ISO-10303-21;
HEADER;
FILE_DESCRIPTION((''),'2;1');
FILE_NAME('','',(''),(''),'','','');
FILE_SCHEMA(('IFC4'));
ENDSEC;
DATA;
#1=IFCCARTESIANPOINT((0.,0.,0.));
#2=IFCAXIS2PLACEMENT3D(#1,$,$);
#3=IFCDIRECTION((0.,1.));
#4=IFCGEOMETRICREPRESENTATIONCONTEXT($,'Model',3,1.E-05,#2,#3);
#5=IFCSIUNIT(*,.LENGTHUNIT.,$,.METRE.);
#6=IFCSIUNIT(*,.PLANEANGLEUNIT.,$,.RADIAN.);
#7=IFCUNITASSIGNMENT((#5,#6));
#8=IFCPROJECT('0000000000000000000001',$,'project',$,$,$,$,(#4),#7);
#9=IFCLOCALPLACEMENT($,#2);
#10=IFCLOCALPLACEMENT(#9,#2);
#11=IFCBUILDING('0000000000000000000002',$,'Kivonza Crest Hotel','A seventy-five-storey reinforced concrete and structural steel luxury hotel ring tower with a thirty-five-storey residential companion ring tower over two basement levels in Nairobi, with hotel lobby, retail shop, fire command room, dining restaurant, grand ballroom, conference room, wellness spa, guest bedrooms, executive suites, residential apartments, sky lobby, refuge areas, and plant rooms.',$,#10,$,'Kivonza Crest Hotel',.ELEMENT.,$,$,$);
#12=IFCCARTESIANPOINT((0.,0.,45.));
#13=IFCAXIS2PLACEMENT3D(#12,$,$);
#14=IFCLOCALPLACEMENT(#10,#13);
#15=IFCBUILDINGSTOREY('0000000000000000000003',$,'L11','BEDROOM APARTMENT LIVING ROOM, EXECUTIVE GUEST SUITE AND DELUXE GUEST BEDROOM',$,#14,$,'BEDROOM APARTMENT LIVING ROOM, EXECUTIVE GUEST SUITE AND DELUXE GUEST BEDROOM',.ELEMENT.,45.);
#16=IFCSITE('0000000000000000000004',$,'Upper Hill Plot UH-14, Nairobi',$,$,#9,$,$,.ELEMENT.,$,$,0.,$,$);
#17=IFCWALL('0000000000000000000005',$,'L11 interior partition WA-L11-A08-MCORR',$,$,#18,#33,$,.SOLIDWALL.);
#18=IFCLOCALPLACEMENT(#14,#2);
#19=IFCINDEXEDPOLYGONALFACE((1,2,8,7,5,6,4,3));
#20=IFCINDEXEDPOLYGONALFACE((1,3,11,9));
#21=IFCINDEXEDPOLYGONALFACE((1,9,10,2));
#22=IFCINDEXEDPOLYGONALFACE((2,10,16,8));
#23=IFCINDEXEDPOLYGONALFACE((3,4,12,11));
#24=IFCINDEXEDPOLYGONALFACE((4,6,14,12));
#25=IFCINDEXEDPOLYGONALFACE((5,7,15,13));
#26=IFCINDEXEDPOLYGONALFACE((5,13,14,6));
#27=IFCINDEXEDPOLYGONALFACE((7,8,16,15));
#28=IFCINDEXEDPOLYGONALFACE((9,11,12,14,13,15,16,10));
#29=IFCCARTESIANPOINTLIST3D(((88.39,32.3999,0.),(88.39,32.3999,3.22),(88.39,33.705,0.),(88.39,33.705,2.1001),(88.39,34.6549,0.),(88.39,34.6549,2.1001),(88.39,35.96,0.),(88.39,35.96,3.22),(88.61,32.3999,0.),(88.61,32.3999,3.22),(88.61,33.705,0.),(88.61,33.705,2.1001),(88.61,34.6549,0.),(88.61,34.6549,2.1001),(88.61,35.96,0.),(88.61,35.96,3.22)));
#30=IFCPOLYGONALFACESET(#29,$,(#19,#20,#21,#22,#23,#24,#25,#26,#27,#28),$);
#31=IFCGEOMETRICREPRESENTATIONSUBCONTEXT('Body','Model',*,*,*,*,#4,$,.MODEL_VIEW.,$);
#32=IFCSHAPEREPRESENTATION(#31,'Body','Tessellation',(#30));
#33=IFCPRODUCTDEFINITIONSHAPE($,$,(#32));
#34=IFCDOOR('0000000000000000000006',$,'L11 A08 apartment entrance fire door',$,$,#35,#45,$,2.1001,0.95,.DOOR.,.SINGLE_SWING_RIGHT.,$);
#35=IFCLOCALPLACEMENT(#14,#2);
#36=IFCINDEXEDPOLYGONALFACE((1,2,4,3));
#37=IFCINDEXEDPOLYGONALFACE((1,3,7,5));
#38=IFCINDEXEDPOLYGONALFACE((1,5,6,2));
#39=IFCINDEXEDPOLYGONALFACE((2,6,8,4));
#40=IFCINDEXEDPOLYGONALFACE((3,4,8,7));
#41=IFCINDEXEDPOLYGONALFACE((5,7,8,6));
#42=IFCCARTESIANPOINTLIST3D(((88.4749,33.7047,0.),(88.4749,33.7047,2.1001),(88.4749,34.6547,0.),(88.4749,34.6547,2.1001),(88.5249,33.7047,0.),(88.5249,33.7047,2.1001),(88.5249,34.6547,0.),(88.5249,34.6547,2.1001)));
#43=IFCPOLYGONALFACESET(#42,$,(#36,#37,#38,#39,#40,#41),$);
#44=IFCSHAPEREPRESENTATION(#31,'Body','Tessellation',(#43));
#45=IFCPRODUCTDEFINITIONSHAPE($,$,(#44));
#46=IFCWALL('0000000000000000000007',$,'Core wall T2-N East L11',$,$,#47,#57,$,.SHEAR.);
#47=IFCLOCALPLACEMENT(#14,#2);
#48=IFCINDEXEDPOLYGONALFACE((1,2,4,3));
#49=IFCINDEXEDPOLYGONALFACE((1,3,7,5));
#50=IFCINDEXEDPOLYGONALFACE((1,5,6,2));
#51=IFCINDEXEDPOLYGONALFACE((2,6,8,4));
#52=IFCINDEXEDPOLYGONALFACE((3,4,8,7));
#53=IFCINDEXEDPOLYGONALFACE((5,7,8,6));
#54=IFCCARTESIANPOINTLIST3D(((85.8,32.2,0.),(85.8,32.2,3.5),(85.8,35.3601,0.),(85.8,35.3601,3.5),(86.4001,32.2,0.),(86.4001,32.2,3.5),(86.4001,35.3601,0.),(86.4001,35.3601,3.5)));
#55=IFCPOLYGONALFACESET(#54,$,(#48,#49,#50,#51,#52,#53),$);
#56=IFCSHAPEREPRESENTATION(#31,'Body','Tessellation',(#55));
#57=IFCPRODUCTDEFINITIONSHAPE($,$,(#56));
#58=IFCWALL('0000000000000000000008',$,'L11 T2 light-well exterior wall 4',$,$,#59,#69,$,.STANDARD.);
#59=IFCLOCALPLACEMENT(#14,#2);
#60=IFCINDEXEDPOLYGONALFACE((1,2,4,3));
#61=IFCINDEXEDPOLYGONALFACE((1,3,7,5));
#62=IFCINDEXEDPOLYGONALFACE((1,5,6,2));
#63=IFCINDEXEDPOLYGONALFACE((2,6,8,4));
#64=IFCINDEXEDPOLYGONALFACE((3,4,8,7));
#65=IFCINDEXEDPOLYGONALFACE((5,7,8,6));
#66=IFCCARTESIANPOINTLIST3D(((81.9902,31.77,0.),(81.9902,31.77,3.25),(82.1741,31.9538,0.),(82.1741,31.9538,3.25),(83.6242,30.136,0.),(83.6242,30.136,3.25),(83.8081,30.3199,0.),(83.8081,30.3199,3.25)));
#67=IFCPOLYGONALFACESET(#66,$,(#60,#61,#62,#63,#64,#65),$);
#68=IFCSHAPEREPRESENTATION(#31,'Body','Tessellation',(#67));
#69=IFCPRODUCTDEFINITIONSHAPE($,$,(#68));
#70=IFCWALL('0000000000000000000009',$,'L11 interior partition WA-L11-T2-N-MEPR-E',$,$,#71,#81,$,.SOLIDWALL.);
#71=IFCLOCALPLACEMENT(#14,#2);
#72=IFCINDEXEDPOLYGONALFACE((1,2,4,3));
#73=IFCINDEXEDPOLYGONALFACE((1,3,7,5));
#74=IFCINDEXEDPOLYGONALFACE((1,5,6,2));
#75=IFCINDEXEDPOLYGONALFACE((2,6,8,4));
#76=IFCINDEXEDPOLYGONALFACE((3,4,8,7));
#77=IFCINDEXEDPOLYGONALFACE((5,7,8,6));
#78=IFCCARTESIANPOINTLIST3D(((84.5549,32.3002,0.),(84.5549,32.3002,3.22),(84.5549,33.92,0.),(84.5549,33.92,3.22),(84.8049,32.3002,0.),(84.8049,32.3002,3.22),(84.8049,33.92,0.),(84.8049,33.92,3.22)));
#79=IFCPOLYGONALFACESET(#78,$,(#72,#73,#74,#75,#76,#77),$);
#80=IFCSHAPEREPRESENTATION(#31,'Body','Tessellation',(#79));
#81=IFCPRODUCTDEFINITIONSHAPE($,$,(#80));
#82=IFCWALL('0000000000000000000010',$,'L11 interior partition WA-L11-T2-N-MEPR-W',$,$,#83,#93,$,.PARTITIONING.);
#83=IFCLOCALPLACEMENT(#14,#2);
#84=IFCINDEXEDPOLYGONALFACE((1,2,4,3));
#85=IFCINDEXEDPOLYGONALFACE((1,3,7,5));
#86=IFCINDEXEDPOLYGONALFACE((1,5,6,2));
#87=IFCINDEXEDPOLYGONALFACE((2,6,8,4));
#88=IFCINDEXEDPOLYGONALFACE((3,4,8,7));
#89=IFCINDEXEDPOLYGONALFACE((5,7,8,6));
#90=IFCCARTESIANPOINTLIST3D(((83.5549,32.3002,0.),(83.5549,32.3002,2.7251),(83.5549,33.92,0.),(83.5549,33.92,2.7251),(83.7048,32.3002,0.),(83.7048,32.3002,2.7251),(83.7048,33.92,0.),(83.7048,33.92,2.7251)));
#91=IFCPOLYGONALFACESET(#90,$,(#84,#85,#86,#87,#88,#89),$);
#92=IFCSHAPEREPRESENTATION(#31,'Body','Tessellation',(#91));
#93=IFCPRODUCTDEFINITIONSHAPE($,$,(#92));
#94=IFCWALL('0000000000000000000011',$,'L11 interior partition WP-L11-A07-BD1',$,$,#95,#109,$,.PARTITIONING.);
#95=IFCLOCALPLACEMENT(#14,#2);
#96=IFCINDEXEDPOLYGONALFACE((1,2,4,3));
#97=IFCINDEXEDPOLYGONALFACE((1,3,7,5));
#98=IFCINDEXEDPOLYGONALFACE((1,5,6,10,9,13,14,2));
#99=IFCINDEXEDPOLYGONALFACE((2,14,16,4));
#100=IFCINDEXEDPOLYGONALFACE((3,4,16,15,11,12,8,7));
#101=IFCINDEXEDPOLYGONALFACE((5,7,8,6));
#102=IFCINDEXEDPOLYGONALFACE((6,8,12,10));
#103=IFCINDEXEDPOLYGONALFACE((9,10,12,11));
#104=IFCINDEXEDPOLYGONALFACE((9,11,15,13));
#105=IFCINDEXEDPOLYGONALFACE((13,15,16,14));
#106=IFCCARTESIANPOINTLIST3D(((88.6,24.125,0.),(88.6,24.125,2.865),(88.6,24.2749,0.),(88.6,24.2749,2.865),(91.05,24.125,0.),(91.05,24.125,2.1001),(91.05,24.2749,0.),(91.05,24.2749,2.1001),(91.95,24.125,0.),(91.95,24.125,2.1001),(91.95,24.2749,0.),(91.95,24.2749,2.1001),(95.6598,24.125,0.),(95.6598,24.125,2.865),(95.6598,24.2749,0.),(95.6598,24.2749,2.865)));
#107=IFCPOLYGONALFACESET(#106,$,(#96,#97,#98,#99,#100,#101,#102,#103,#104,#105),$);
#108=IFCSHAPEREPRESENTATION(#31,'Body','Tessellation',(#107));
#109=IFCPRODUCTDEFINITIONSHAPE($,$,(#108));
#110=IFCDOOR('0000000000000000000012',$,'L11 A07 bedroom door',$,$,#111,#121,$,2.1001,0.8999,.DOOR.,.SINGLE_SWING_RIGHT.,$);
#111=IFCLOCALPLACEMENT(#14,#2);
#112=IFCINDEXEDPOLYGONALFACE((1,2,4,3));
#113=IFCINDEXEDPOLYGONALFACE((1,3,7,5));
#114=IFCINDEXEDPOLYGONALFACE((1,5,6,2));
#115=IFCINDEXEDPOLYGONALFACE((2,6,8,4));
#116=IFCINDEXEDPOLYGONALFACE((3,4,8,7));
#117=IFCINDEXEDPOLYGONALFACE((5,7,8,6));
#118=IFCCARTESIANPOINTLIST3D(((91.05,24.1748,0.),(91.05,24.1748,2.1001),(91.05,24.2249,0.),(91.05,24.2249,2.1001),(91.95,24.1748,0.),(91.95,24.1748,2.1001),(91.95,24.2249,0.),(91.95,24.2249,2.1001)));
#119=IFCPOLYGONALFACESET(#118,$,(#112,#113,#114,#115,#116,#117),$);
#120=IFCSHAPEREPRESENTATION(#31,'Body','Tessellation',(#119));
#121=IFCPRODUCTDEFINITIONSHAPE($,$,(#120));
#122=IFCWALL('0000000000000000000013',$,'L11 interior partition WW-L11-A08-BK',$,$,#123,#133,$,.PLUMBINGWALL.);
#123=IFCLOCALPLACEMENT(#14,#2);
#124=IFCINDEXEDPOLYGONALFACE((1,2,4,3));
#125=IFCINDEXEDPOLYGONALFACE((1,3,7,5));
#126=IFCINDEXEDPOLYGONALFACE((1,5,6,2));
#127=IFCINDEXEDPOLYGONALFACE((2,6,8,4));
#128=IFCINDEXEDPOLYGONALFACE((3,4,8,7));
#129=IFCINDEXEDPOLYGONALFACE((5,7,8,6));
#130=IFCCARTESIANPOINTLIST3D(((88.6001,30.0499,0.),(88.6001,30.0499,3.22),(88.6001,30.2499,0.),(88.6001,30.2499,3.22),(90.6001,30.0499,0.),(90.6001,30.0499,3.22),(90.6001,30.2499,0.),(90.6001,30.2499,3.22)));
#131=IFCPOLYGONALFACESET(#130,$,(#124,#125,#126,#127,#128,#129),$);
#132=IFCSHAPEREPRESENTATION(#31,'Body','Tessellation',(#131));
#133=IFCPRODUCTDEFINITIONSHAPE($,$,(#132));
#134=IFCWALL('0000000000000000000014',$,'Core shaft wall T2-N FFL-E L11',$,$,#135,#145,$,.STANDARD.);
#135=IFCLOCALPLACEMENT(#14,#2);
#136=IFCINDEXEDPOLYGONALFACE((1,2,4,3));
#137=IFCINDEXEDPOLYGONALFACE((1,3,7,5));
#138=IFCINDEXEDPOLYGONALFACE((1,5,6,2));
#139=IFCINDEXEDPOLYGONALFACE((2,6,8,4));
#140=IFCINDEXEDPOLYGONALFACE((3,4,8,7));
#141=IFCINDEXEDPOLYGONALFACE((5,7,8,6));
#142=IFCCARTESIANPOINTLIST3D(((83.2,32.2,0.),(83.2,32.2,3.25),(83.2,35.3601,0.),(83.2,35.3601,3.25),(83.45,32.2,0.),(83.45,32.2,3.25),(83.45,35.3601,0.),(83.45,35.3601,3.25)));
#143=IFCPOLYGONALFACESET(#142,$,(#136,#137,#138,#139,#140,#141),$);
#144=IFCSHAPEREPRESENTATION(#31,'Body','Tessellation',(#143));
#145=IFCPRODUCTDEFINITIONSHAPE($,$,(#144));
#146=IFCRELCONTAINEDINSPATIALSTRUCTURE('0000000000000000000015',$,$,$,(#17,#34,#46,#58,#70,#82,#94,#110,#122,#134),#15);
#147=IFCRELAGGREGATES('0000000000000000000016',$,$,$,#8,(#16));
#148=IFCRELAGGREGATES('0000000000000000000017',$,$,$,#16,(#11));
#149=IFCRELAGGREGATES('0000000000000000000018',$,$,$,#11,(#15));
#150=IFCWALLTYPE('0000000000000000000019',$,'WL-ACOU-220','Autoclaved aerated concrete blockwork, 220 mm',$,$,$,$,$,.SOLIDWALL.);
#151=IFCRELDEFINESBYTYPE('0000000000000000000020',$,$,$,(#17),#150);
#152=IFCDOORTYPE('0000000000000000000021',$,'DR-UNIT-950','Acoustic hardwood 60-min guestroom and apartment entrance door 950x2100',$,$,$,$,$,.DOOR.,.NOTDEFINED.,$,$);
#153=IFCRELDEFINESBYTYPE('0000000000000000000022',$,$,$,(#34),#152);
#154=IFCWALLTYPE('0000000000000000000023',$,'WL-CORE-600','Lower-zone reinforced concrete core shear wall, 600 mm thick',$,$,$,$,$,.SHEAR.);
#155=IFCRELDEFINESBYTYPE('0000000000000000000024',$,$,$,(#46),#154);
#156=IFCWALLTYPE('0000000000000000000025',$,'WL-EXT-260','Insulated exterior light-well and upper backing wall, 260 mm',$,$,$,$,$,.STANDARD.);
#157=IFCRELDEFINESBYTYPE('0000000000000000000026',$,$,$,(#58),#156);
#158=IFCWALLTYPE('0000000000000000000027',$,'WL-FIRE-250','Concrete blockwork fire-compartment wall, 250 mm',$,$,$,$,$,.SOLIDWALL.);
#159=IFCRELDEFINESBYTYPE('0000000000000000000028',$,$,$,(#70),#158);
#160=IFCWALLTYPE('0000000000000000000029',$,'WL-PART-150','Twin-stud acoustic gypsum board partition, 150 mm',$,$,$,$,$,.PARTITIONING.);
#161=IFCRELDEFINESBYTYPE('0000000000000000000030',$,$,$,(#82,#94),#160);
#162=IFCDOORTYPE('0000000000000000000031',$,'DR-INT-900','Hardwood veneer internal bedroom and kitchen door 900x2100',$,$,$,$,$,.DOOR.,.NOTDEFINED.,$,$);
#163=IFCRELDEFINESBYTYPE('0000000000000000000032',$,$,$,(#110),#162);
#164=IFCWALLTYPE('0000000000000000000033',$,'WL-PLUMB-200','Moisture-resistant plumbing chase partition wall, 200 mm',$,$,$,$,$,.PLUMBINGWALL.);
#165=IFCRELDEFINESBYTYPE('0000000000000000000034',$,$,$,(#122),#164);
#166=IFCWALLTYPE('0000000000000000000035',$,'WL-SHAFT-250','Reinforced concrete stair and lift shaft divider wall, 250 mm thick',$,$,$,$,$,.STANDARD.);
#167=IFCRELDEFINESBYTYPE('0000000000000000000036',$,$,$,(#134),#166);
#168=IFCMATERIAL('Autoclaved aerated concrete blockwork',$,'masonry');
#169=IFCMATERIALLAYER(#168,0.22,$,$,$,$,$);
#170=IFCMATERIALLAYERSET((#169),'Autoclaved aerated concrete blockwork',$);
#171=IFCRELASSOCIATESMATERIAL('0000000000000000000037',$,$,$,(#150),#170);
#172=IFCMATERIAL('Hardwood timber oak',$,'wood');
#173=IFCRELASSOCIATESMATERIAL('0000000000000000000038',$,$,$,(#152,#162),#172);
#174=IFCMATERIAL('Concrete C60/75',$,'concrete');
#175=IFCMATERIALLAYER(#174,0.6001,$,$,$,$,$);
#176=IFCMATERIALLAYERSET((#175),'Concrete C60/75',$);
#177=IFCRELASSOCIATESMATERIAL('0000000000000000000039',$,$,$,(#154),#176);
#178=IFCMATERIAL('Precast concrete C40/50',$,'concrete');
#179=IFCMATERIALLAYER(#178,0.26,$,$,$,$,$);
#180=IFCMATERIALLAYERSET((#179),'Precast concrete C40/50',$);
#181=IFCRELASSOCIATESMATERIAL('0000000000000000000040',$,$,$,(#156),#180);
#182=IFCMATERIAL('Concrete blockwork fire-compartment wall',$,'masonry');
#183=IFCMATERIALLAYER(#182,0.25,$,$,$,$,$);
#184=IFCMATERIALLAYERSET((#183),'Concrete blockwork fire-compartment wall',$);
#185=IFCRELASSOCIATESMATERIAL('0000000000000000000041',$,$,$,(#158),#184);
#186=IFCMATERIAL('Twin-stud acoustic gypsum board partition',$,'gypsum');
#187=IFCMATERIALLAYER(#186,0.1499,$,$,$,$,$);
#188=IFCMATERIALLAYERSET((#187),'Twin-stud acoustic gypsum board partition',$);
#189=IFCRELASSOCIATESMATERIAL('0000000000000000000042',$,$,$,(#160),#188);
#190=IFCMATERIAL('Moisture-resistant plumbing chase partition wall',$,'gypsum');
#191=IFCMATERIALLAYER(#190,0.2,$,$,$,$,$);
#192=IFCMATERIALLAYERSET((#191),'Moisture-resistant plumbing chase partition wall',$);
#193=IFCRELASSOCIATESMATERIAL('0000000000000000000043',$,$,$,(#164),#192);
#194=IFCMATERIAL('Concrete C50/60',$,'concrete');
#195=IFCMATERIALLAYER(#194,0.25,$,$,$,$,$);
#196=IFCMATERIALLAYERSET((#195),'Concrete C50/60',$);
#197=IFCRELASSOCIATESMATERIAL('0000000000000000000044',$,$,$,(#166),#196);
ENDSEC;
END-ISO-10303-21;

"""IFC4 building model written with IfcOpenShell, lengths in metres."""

from ifc_helpers import new_model, si_unit, direction, frame, frame_2d, origin, place, context, subcontext, project, spatial, rectangle, extrude, material, layer, layer_set, type_object, element, fill, save


model = new_model("IFC4")

# Units and contexts
model_context = context("Model", 3, precision=1e-05, world=origin(), true_north=direction((0.0, 1.0)))
body_context = subcontext(model_context, "Body", "Model", "MODEL_VIEW")
ifc_project = project(units=[si_unit("LENGTHUNIT", "METRE"), si_unit("PLANEANGLEUNIT", "RADIAN")], contexts=[model_context])

# Site, building, storey
site_placement = place(None, origin())
site = spatial("IfcSite", under=ifc_project, at=site_placement, Name="Upper Hill Plot UH-14, Nairobi", CompositionType="ELEMENT", RefElevation=0.0)
building_placement = place(site_placement, origin())
building = spatial("IfcBuilding", under=site, at=building_placement, Name="Kivonza Crest Hotel", Description="A seventy-five-storey reinforced concrete and structural steel luxury hotel ring tower with a thirty-five-storey residential companion ring tower over two basement levels in Nairobi, with hotel lobby, retail shop, fire command room, dining restaurant, grand ballroom, conference room, wellness spa, guest bedrooms, executive suites, residential apartments, sky lobby, refuge areas, and plant rooms.", LongName="Kivonza Crest Hotel", CompositionType="ELEMENT")
storey_placement = place(building_placement, frame((0.0, 0.0, 45.0)))
storey = spatial("IfcBuildingStorey", under=building, at=storey_placement, Name="L11", Description="BEDROOM APARTMENT LIVING ROOM, EXECUTIVE GUEST SUITE AND DELUXE GUEST BEDROOM", LongName="BEDROOM APARTMENT LIVING ROOM, EXECUTIVE GUEST SUITE AND DELUXE GUEST BEDROOM", CompositionType="ELEMENT", Elevation=45.0)

# Shared definitions
ifc_material_1 = material(Name="Concrete C50/60", Category="concrete")

# Shared definitions
ifc_material_2 = material(Name="Autoclaved aerated concrete blockwork", Category="masonry")
ifc_layer_1 = layer(ifc_material_2, 0.22)
ifc_layer_set_1 = layer_set([ifc_layer_1], Name="Autoclaved aerated concrete blockwork")
wall_type_1 = type_object("IfcWallType", Name="WL-ACOU-220", Description="Autoclaved aerated concrete blockwork, 220 mm", PredefinedType="SOLIDWALL", material=ifc_layer_set_1)

# Wall, opening, door
wall_1_placement = place(storey_placement, frame((88.5, 32.3999, 0.0), z_axis=(0.0, 0.0, 1.0), x_axis=(0.0, 1.0, 0.0)))
wall_1 = element("IfcWall", 1, at=wall_1_placement, inside=storey, type_object=wall_type_1, Name="L11 interior partition WA-L11-A08-MCORR", PredefinedType="SOLIDWALL", context=body_context, shape_type="SweptSolid", body=[
    extrude(rectangle(XDim=3.5601, YDim=0.22, at=frame_2d((1.78, 0.0))), origin(), (0.0, 0.0, 1.0), 3.22),
])
opening_1_placement = place(wall_1_placement, frame((1.3049, 0.0, 0.0)))
opening_1 = element("IfcOpeningElement", 2, at=opening_1_placement, cuts=wall_1, PredefinedType="OPENING", context=body_context, shape_type="SweptSolid", body=[
    extrude(rectangle(XDim=0.95, YDim=2.1001, at=frame_2d((0.4751, 1.05))), frame((0.0, 0.1201, 0.0), z_axis=(0.0, -1.0, 0.0), x_axis=(1.0, 0.0, 0.0)), (0.0, 0.0, 1.0), 0.24),
])
ifc_material_3 = material(Name="Hardwood timber oak", Category="wood")
door_type_1 = type_object("IfcDoorType", Name="DR-UNIT-950", Description="Acoustic hardwood 60-min guestroom and apartment entrance door 950x2100", OperationType="NOTDEFINED", PredefinedType="DOOR", material=ifc_material_3)
door_1_placement = place(opening_1_placement, frame((0.95, 0.0, 0.0), z_axis=(0.0, 0.0, 1.0), x_axis=(-1.0, 0.0, 0.0)))
door_1 = element("IfcDoor", 3, at=door_1_placement, inside=storey, type_object=door_type_1, Name="L11 A08 apartment entrance fire door", OperationType="SINGLE_SWING_RIGHT", OverallHeight=2.1001, OverallWidth=0.95, PredefinedType="DOOR", context=body_context, shape_type="SweptSolid", body=[
    extrude(rectangle(XDim=0.95, YDim=2.1001, at=frame_2d((0.4751, 1.05))), frame((0.0, 0.0249, 0.0), z_axis=(0.0, -1.0, 0.0), x_axis=(1.0, 0.0, 0.0)), (0.0, 0.0, 1.0), 0.05),
])
fill(opening_1, door_1)

# Walls
ifc_material_4 = material(Name="Concrete C60/75", Category="concrete")
ifc_layer_2 = layer(ifc_material_4, 0.6001)
ifc_layer_set_2 = layer_set([ifc_layer_2], Name="Concrete C60/75")
wall_type_2 = type_object("IfcWallType", Name="WL-CORE-600", Description="Lower-zone reinforced concrete core shear wall, 600 mm thick", PredefinedType="SHEAR", material=ifc_layer_set_2)
wall_2_placement = place(storey_placement, frame((86.1001, 32.2, 0.0), z_axis=(0.0, 0.0, 1.0), x_axis=(0.0, 1.0, 0.0)))
element("IfcWall", 4, at=wall_2_placement, inside=storey, type_object=wall_type_2, Name="Core wall T2-N East L11", PredefinedType="SHEAR", context=body_context, shape_type="SweptSolid", body=[
    extrude(rectangle(XDim=3.1602, YDim=0.6001, at=frame_2d((1.5801, 0.0))), origin(), (0.0, 0.0, 1.0), 3.5),
])
ifc_material_5 = material(Name="Precast concrete C40/50", Category="concrete")
ifc_layer_3 = layer(ifc_material_5, 0.26)
ifc_layer_set_3 = layer_set([ifc_layer_3], Name="Precast concrete C40/50")
wall_type_3 = type_object("IfcWallType", Name="WL-EXT-260", Description="Insulated exterior light-well and upper backing wall, 260 mm", PredefinedType="STANDARD", material=ifc_layer_set_3)
wall_3_placement = place(storey_placement, frame((83.7161, 30.228, 0.0), z_axis=(0.0, 0.0, 1.0), x_axis=(-0.707107, 0.707107, 0.0)))
element("IfcWall", 5, at=wall_3_placement, inside=storey, type_object=wall_type_3, Name="L11 T2 light-well exterior wall 4", PredefinedType="STANDARD", context=body_context, shape_type="SweptSolid", body=[
    extrude(rectangle(XDim=2.3108, YDim=0.26, at=frame_2d((1.1553, 0.0))), origin(), (0.0, 0.0, 1.0), 3.25),
])
ifc_material_6 = material(Name="Concrete blockwork fire-compartment wall", Category="masonry")
ifc_layer_4 = layer(ifc_material_6, 0.25)
ifc_layer_set_4 = layer_set([ifc_layer_4], Name="Concrete blockwork fire-compartment wall")
wall_type_4 = type_object("IfcWallType", Name="WL-FIRE-250", Description="Concrete blockwork fire-compartment wall, 250 mm", PredefinedType="SOLIDWALL", material=ifc_layer_set_4)
wall_4_placement = place(storey_placement, frame((84.6799, 32.3, 0.0), z_axis=(0.0, 0.0, 1.0), x_axis=(0.0, 1.0, 0.0)))
element("IfcWall", 6, at=wall_4_placement, inside=storey, type_object=wall_type_4, Name="L11 interior partition WA-L11-T2-N-MEPR-E", PredefinedType="SOLIDWALL", context=body_context, shape_type="SweptSolid", body=[
    extrude(rectangle(XDim=1.6199, YDim=0.25, at=frame_2d((0.8101, 0.0))), origin(), (0.0, 0.0, 1.0), 3.22),
])
ifc_material_7 = material(Name="Twin-stud acoustic gypsum board partition", Category="gypsum")
ifc_layer_5 = layer(ifc_material_7, 0.1499)
ifc_layer_set_5 = layer_set([ifc_layer_5], Name="Twin-stud acoustic gypsum board partition")
wall_type_5 = type_object("IfcWallType", Name="WL-PART-150", Description="Twin-stud acoustic gypsum board partition, 150 mm", PredefinedType="PARTITIONING", material=ifc_layer_set_5)
wall_5_placement = place(storey_placement, frame((83.6299, 32.3, 0.0), z_axis=(0.0, 0.0, 1.0), x_axis=(0.0, 1.0, 0.0)))
element("IfcWall", 7, at=wall_5_placement, inside=storey, type_object=wall_type_5, Name="L11 interior partition WA-L11-T2-N-MEPR-W", PredefinedType="PARTITIONING", context=body_context, shape_type="SweptSolid", body=[
    extrude(rectangle(XDim=1.6199, YDim=0.1499, at=frame_2d((0.8101, 0.0))), origin(), (0.0, 0.0, 1.0), 2.7251),
])

# Wall, opening, door
wall_6_placement = place(storey_placement, frame((88.6001, 24.2, 0.0), z_axis=(0.0, 0.0, 1.0), x_axis=(1.0, 0.0, 0.0)))
wall_6 = element("IfcWall", 8, at=wall_6_placement, inside=storey, type_object=wall_type_5, Name="L11 interior partition WP-L11-A07-BD1", PredefinedType="PARTITIONING", context=body_context, shape_type="SweptSolid", body=[
    extrude(rectangle(XDim=7.0598, YDim=0.1499, at=frame_2d((3.5298, 0.0))), origin(), (0.0, 0.0, 1.0), 2.865),
])
opening_2_placement = place(wall_6_placement, frame((2.45, 0.0, 0.0)))
opening_2 = element("IfcOpeningElement", 9, at=opening_2_placement, cuts=wall_6, PredefinedType="OPENING", context=body_context, shape_type="SweptSolid", body=[
    extrude(rectangle(XDim=0.8999, YDim=2.1001, at=frame_2d((0.45, 1.05))), frame((0.0, 0.085, 0.0), z_axis=(0.0, -1.0, 0.0), x_axis=(1.0, 0.0, 0.0)), (0.0, 0.0, 1.0), 0.1699),
])
door_type_2 = type_object("IfcDoorType", Name="DR-INT-900", Description="Hardwood veneer internal bedroom and kitchen door 900x2100", OperationType="NOTDEFINED", PredefinedType="DOOR", material=ifc_material_3)
door_2_placement = place(opening_2_placement, origin())
door_2 = element("IfcDoor", 10, at=door_2_placement, inside=storey, type_object=door_type_2, Name="L11 A07 bedroom door", OperationType="SINGLE_SWING_RIGHT", OverallHeight=2.1001, OverallWidth=0.8999, PredefinedType="DOOR", context=body_context, shape_type="SweptSolid", body=[
    extrude(rectangle(XDim=0.8999, YDim=2.1001, at=frame_2d((0.45, 1.05))), frame((0.0, 0.0249, 0.0), z_axis=(0.0, -1.0, 0.0), x_axis=(1.0, 0.0, 0.0)), (0.0, 0.0, 1.0), 0.05),
])
fill(opening_2, door_2)

# Wall
ifc_material_8 = material(Name="Moisture-resistant plumbing chase partition wall", Category="gypsum")
ifc_layer_6 = layer(ifc_material_8, 0.2)
ifc_layer_set_6 = layer_set([ifc_layer_6], Name="Moisture-resistant plumbing chase partition wall")
wall_type_6 = type_object("IfcWallType", Name="WL-PLUMB-200", Description="Moisture-resistant plumbing chase partition wall, 200 mm", PredefinedType="PLUMBINGWALL", material=ifc_layer_set_6)
wall_7_placement = place(storey_placement, frame((88.6001, 30.1499, 0.0), z_axis=(0.0, 0.0, 1.0), x_axis=(1.0, 0.0, 0.0)))
element("IfcWall", 11, at=wall_7_placement, inside=storey, type_object=wall_type_6, Name="L11 interior partition WW-L11-A08-BK", PredefinedType="PLUMBINGWALL", context=body_context, shape_type="SweptSolid", body=[
    extrude(rectangle(XDim=2.0, YDim=0.2, at=frame_2d((1.0, 0.0))), origin(), (0.0, 0.0, 1.0), 3.22),
])

# Shared definitions
ifc_layer_7 = layer(ifc_material_1, 0.25)
ifc_layer_set_7 = layer_set([ifc_layer_7], Name="Concrete C50/60")
wall_type_7 = type_object("IfcWallType", Name="WL-SHAFT-250", Description="Reinforced concrete stair and lift shaft divider wall, 250 mm thick", PredefinedType="STANDARD", material=ifc_layer_set_7)

# Wall
wall_8_placement = place(storey_placement, frame((83.325, 32.2, 0.0), z_axis=(0.0, 0.0, 1.0), x_axis=(0.0, 1.0, 0.0)))
element("IfcWall", 12, at=wall_8_placement, inside=storey, type_object=wall_type_7, Name="Core shaft wall T2-N FFL-E L11", PredefinedType="STANDARD", context=body_context, shape_type="SweptSolid", body=[
    extrude(rectangle(XDim=3.1602, YDim=0.25, at=frame_2d((1.5801, 0.0))), origin(), (0.0, 0.0, 1.0), 3.25),
])

save(model, "model.ifc")
